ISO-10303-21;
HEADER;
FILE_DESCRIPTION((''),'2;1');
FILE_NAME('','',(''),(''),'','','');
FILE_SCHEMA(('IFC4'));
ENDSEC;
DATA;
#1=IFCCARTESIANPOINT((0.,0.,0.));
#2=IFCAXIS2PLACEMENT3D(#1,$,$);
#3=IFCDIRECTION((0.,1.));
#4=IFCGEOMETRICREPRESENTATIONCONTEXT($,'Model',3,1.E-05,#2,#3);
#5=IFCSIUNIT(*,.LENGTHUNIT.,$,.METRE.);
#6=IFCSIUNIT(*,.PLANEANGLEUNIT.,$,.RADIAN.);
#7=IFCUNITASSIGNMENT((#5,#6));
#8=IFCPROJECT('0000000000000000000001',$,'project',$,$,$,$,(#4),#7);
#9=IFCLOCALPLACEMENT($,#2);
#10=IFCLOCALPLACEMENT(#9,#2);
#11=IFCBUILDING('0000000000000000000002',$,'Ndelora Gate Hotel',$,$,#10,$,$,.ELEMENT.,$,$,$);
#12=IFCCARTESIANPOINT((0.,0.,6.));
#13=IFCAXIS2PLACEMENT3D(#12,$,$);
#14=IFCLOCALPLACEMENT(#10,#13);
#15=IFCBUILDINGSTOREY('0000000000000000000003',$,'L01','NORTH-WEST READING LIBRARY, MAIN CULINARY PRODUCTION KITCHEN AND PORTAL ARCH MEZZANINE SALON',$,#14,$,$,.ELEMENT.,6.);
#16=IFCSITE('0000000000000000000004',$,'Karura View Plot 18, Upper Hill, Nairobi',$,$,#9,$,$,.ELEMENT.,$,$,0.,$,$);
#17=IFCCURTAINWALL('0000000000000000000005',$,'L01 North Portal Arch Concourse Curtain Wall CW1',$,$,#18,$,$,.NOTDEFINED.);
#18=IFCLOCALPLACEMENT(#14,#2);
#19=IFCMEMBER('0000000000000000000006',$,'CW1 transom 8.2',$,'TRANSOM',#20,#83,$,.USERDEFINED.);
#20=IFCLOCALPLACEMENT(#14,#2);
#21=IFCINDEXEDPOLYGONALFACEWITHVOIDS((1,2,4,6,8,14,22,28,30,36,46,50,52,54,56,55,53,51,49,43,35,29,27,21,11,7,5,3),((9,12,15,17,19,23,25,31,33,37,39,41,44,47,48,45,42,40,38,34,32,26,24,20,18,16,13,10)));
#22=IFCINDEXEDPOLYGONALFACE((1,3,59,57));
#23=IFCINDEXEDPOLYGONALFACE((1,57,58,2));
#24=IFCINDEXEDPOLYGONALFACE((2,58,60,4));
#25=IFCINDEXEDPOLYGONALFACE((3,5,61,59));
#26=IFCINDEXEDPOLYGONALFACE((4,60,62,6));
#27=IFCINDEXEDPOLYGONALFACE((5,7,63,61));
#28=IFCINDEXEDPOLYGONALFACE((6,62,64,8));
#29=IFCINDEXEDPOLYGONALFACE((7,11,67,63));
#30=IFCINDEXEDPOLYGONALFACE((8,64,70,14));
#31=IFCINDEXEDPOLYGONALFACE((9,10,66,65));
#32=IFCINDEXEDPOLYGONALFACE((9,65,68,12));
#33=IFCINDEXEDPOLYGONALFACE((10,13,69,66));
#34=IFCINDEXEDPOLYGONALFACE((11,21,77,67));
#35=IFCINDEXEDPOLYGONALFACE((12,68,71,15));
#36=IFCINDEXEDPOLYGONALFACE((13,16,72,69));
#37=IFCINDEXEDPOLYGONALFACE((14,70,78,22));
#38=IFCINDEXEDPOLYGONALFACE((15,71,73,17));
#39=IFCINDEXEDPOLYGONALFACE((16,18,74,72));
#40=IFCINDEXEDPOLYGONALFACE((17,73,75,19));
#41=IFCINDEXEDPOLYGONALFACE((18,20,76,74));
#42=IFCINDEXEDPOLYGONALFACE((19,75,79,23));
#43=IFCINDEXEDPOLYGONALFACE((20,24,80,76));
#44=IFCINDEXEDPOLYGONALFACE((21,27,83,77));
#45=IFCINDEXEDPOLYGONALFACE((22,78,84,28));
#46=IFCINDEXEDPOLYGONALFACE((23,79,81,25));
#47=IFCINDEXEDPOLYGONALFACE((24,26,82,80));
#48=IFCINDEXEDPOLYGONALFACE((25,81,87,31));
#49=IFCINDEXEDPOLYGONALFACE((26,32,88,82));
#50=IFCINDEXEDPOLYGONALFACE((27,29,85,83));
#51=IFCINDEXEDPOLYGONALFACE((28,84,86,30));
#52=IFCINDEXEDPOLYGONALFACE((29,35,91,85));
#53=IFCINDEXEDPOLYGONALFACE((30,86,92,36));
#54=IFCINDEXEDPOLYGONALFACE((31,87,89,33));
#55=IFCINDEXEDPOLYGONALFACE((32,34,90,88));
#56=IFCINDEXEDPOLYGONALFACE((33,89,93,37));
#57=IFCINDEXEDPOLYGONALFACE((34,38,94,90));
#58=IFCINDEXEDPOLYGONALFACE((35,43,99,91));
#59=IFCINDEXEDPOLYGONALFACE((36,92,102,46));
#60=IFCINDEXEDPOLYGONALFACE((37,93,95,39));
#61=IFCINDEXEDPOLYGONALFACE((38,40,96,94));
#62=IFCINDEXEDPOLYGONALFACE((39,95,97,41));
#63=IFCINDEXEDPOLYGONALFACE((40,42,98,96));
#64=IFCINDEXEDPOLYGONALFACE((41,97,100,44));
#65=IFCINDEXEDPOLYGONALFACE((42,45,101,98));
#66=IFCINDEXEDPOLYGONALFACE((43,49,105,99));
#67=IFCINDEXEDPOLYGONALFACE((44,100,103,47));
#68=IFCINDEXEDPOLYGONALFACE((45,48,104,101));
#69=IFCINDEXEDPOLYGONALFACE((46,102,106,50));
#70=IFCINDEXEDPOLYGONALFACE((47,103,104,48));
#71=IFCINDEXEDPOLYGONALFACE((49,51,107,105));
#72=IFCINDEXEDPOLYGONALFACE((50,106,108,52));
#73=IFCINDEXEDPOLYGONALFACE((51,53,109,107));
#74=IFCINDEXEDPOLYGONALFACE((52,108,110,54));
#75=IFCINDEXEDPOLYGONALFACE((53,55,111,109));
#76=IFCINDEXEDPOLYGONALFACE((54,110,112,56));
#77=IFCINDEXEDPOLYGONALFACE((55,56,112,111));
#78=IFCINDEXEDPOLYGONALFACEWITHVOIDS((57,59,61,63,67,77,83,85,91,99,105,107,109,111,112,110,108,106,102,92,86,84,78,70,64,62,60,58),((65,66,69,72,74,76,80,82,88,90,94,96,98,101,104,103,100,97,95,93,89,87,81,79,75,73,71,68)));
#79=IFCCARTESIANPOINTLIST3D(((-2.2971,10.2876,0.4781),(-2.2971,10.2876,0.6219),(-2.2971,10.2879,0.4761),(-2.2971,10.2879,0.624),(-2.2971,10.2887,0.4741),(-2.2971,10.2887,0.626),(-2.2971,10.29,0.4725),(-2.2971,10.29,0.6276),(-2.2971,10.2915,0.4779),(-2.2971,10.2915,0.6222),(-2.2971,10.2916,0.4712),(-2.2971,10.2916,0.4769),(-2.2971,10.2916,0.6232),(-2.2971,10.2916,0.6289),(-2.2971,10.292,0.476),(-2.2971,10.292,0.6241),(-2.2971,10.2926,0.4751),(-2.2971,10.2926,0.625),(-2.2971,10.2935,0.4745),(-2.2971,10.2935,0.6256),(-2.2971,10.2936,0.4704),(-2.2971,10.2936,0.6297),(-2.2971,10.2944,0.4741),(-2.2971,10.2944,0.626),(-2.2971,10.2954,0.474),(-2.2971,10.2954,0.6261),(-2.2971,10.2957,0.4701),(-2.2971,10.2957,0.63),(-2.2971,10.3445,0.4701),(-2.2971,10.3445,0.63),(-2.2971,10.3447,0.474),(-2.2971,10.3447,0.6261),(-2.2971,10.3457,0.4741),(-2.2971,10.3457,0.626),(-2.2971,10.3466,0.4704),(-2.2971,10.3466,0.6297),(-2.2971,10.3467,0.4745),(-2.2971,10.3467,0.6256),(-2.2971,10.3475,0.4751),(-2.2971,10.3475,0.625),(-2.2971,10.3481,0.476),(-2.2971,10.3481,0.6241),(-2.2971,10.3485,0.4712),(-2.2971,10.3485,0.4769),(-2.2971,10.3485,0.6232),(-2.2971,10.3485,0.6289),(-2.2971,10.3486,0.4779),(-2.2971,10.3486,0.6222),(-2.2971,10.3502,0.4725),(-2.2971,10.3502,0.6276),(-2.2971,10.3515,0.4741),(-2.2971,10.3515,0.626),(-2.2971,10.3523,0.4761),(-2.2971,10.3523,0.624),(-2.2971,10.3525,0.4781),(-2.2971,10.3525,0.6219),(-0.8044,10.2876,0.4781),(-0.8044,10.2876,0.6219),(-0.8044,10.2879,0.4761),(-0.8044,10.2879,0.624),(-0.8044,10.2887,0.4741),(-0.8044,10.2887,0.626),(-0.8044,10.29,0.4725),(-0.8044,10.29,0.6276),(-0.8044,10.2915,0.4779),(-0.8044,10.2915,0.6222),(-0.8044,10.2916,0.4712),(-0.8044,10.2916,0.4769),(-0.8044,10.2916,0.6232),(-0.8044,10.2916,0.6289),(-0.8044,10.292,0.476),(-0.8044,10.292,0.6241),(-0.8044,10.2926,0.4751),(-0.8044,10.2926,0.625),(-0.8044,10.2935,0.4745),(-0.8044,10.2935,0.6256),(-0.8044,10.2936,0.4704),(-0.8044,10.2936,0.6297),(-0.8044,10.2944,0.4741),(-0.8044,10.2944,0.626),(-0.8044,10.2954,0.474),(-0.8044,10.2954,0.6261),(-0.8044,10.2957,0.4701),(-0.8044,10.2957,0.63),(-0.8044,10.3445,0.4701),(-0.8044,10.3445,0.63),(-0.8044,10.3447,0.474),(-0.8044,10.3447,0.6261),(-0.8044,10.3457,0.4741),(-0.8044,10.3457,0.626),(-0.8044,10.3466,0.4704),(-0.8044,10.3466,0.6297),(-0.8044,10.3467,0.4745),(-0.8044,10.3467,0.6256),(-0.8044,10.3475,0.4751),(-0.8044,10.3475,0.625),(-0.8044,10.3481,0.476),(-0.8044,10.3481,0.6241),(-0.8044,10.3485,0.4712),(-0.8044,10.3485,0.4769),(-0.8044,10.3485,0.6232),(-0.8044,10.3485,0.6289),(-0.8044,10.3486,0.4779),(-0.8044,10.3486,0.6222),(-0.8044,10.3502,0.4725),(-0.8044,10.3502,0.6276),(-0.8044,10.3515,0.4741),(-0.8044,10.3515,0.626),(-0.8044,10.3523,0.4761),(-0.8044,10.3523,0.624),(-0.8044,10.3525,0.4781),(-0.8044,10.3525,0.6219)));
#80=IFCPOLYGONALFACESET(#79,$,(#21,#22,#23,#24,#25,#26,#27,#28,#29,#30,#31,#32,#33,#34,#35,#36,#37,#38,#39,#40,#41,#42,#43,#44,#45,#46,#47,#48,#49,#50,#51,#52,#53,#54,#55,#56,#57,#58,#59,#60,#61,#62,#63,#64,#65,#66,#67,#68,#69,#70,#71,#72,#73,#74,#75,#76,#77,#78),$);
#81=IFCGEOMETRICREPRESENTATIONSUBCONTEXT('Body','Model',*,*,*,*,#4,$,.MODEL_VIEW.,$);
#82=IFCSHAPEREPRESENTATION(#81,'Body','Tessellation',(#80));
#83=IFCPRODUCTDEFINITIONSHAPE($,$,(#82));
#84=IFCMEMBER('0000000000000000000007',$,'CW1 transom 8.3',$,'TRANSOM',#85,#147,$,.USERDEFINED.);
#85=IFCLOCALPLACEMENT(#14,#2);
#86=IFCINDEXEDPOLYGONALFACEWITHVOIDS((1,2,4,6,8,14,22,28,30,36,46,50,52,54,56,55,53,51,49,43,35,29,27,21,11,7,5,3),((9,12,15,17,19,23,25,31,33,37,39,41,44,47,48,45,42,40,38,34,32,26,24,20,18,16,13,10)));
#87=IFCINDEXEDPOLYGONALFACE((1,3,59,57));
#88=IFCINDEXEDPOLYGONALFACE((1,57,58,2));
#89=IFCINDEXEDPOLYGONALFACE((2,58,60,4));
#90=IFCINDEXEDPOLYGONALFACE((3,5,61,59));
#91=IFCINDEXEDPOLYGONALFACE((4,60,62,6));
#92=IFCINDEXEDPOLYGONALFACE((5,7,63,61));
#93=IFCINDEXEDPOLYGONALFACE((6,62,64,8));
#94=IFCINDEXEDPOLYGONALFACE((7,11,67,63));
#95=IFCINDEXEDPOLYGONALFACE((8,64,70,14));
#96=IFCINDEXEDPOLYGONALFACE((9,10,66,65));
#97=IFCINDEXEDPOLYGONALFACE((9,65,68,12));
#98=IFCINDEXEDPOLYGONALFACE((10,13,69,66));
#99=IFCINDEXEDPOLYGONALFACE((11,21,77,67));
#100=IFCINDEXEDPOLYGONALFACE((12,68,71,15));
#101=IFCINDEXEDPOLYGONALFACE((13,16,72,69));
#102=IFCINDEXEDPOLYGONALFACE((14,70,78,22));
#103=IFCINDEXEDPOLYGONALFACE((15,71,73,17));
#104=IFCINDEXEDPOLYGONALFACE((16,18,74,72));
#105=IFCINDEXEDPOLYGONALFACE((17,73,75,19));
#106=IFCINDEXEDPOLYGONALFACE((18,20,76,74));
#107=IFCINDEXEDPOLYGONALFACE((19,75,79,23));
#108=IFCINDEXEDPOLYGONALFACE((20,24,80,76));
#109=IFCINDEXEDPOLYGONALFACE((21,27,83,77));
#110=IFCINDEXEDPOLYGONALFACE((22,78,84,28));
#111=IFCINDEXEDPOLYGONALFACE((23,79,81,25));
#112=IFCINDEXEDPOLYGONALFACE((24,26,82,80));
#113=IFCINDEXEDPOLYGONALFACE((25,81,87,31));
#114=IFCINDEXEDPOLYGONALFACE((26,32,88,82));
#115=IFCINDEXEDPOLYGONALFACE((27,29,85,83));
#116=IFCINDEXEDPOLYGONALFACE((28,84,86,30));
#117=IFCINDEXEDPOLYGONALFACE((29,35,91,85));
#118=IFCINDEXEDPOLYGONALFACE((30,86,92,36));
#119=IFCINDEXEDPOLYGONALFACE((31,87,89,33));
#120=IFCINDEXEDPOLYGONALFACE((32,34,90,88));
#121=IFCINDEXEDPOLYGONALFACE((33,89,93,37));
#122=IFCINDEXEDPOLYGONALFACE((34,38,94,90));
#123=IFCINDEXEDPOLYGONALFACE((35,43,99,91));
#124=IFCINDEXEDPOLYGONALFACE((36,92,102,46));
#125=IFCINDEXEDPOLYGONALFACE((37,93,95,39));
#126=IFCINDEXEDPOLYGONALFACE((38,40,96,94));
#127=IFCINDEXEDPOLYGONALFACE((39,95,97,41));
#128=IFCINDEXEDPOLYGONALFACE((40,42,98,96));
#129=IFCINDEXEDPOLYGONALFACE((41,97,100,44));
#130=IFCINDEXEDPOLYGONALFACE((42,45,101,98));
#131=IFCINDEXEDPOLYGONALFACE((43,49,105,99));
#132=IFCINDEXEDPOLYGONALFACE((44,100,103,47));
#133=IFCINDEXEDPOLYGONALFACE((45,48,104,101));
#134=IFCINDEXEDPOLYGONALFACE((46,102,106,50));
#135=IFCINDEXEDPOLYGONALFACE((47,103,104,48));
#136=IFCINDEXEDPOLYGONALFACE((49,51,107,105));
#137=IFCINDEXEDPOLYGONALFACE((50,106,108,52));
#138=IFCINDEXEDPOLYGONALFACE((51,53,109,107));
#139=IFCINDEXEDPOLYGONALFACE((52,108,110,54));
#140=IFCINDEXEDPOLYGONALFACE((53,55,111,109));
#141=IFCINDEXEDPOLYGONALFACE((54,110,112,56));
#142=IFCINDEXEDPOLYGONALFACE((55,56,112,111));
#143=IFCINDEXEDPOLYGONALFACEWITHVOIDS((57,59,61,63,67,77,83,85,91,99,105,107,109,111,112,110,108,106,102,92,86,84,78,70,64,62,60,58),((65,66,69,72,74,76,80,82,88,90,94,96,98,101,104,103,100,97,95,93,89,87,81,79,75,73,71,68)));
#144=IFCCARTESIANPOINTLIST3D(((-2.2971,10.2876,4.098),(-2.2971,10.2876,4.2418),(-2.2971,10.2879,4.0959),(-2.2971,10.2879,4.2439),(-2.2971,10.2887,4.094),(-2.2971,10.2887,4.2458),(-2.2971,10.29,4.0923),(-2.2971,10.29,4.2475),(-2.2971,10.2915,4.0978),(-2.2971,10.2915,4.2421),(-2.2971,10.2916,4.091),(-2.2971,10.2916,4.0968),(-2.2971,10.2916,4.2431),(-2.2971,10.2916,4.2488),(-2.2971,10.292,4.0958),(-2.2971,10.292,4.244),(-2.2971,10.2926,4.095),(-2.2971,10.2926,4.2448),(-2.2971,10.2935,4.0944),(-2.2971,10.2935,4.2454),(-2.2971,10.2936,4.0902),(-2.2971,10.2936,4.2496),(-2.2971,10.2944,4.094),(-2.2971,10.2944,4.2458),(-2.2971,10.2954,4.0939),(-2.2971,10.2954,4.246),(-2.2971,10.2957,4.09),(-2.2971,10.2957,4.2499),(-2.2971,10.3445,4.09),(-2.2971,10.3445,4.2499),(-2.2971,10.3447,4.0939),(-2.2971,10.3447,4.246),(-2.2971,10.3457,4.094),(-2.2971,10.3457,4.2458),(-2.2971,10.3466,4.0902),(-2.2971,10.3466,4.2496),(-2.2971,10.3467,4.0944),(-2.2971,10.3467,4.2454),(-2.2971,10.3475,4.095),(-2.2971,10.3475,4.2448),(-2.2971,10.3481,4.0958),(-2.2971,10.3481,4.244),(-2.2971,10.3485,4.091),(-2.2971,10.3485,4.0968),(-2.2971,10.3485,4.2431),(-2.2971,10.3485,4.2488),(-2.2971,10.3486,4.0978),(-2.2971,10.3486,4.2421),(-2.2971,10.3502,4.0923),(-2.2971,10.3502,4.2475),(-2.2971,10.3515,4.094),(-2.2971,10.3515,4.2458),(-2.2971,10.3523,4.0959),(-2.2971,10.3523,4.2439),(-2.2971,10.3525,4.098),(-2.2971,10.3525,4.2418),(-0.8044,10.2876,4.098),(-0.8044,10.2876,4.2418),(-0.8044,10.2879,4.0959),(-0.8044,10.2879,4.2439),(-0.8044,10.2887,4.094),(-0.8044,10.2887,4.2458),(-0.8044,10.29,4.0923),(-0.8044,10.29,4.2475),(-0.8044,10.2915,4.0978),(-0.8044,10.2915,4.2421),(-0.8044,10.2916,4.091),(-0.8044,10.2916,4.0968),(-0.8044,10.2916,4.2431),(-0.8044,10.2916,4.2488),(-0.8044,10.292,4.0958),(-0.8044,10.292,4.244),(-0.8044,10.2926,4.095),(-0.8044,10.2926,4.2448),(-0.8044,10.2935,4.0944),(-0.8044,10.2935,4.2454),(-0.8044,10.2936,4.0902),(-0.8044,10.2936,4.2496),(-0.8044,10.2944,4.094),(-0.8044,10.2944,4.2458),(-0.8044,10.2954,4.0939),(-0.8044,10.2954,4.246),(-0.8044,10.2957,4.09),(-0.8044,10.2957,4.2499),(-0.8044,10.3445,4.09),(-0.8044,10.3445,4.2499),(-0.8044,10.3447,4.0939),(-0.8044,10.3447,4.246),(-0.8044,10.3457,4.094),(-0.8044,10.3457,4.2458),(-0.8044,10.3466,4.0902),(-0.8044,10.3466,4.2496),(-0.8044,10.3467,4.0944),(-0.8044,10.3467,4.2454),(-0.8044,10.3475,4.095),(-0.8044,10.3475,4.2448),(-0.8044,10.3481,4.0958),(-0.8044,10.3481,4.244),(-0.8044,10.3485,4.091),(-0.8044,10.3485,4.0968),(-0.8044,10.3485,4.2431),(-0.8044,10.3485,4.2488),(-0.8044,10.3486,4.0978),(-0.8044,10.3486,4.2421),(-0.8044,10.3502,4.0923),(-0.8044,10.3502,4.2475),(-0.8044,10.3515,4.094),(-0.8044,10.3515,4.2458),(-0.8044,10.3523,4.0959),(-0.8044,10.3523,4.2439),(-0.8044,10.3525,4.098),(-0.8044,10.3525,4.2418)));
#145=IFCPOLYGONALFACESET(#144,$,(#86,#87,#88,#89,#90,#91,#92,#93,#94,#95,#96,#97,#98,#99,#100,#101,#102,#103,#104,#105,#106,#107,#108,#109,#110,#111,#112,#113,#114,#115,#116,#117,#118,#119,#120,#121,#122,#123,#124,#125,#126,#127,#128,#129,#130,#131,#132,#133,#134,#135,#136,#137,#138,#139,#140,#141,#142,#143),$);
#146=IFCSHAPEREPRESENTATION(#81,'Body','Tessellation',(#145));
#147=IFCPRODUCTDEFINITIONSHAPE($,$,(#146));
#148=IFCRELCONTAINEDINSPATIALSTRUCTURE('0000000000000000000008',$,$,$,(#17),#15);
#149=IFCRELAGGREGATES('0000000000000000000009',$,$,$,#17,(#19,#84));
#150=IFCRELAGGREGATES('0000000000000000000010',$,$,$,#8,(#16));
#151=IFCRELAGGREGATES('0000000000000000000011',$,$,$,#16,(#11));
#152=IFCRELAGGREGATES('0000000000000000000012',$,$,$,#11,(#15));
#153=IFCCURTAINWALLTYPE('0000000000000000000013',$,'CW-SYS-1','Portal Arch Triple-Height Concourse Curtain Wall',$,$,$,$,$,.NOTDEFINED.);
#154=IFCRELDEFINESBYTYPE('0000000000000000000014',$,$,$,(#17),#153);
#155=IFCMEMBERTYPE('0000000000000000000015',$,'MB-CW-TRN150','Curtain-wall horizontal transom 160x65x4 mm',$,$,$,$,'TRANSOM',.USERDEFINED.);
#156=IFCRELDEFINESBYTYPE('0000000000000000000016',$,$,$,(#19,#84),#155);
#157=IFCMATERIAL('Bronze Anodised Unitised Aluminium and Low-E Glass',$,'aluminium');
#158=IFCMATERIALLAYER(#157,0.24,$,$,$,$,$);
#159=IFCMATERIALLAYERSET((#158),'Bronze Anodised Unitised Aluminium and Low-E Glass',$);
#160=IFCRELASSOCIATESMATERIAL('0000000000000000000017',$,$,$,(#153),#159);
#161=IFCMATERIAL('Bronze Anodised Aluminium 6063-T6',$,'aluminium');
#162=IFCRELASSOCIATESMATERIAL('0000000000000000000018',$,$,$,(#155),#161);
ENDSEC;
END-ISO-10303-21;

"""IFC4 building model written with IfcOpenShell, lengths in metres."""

from ifc_helpers import new_model, si_unit, direction, frame, origin, origin_2d, place, context, subcontext, project, spatial, hollow_rectangle, extrude, material, layer, layer_set, material_profile, profile_set, type_object, element, aggregate, save


model = new_model("IFC4")

# Units and contexts
model_context = context("Model", 3, precision=1e-05, world=origin(), true_north=direction((0.0, 1.0)))
body_context = subcontext(model_context, "Body", "Model", "MODEL_VIEW")
ifc_project = project(units=[si_unit("LENGTHUNIT", "METRE"), si_unit("PLANEANGLEUNIT", "RADIAN")], contexts=[model_context])

# Site, building, storey
site_placement = place(None, origin())
site = spatial("IfcSite", under=ifc_project, at=site_placement, Name="Karura View Plot 18, Upper Hill, Nairobi", CompositionType="ELEMENT", RefElevation=0.0)
building_placement = place(site_placement, origin())
building = spatial("IfcBuilding", under=site, at=building_placement, Name="Ndelora Gate Hotel", CompositionType="ELEMENT")
storey_placement = place(building_placement, frame((0.0, 0.0, 6.0)))
storey = spatial("IfcBuildingStorey", under=building, at=storey_placement, Name="L01", Description="NORTH-WEST READING LIBRARY, MAIN CULINARY PRODUCTION KITCHEN AND PORTAL ARCH MEZZANINE SALON", CompositionType="ELEMENT", Elevation=6.0)

# Curtain wall, members
ifc_material_1 = material(Name="Bronze Anodised Unitised Aluminium and Low-E Glass", Category="aluminium")
ifc_layer_1 = layer(ifc_material_1, 0.24)
ifc_layer_set_1 = layer_set([ifc_layer_1], Name="Bronze Anodised Unitised Aluminium and Low-E Glass")
curtain_wall_type = type_object("IfcCurtainWallType", Name="CW-SYS-1", Description="Portal Arch Triple-Height Concourse Curtain Wall", PredefinedType="NOTDEFINED", material=ifc_layer_set_1)
curtain_wall_placement = place(storey_placement, origin())
curtain_wall = element("IfcCurtainWall", 1, at=curtain_wall_placement, inside=storey, type_object=curtain_wall_type, Name="L01 North Portal Arch Concourse Curtain Wall CW1", PredefinedType="NOTDEFINED")
ifc_material_2 = material(Name="Bronze Anodised Aluminium 6063-T6", Category="aluminium")
ifc_material_profile_1 = material_profile(ifc_material_2, hollow_rectangle(XDim=0.0649, YDim=0.1599, WallThickness=0.0039, InnerFilletRadius=0.0039, OuterFilletRadius=0.0081, at=origin_2d()), Name="ALU 160x65x4")
ifc_profile_set_1 = profile_set([ifc_material_profile_1], Name="Bronze Anodised Aluminium 6063-T6")
member_type_1 = type_object("IfcMemberType", Name="MB-CW-TRN150", Description="Curtain-wall horizontal transom 160x65x4 mm", ElementType="TRANSOM", PredefinedType="USERDEFINED", material=ifc_profile_set_1)
member_1_placement = place(storey_placement, frame((-0.8044, 10.3201, 0.55), z_axis=(-1.0, 0.0, 0.0), x_axis=(0.0, -1.0, 0.0)))
member_1 = element("IfcMember", 2, at=member_1_placement, type_object=member_type_1, Name="CW1 transom 8.2", ObjectType="TRANSOM", PredefinedType="USERDEFINED", context=body_context, shape_type="SweptSolid", body=[
    extrude(hollow_rectangle(XDim=0.0649, YDim=0.1599, WallThickness=0.0039, InnerFilletRadius=0.0039, OuterFilletRadius=0.0081, at=origin_2d()), origin(), (0.0, 0.0, 1.0), 1.4927),
])
member_2_placement = place(storey_placement, frame((-0.8044, 10.3201, 4.1699), z_axis=(-1.0, 0.0, 0.0), x_axis=(0.0, -1.0, 0.0)))
member_2 = element("IfcMember", 3, at=member_2_placement, type_object=member_type_1, Name="CW1 transom 8.3", ObjectType="TRANSOM", PredefinedType="USERDEFINED", context=body_context, shape_type="SweptSolid", body=[
    extrude(hollow_rectangle(XDim=0.0649, YDim=0.1599, WallThickness=0.0039, InnerFilletRadius=0.0039, OuterFilletRadius=0.0081, at=origin_2d()), origin(), (0.0, 0.0, 1.0), 1.4927),
])
aggregate(curtain_wall, [member_1, member_2])

save(model, "model.ifc")
